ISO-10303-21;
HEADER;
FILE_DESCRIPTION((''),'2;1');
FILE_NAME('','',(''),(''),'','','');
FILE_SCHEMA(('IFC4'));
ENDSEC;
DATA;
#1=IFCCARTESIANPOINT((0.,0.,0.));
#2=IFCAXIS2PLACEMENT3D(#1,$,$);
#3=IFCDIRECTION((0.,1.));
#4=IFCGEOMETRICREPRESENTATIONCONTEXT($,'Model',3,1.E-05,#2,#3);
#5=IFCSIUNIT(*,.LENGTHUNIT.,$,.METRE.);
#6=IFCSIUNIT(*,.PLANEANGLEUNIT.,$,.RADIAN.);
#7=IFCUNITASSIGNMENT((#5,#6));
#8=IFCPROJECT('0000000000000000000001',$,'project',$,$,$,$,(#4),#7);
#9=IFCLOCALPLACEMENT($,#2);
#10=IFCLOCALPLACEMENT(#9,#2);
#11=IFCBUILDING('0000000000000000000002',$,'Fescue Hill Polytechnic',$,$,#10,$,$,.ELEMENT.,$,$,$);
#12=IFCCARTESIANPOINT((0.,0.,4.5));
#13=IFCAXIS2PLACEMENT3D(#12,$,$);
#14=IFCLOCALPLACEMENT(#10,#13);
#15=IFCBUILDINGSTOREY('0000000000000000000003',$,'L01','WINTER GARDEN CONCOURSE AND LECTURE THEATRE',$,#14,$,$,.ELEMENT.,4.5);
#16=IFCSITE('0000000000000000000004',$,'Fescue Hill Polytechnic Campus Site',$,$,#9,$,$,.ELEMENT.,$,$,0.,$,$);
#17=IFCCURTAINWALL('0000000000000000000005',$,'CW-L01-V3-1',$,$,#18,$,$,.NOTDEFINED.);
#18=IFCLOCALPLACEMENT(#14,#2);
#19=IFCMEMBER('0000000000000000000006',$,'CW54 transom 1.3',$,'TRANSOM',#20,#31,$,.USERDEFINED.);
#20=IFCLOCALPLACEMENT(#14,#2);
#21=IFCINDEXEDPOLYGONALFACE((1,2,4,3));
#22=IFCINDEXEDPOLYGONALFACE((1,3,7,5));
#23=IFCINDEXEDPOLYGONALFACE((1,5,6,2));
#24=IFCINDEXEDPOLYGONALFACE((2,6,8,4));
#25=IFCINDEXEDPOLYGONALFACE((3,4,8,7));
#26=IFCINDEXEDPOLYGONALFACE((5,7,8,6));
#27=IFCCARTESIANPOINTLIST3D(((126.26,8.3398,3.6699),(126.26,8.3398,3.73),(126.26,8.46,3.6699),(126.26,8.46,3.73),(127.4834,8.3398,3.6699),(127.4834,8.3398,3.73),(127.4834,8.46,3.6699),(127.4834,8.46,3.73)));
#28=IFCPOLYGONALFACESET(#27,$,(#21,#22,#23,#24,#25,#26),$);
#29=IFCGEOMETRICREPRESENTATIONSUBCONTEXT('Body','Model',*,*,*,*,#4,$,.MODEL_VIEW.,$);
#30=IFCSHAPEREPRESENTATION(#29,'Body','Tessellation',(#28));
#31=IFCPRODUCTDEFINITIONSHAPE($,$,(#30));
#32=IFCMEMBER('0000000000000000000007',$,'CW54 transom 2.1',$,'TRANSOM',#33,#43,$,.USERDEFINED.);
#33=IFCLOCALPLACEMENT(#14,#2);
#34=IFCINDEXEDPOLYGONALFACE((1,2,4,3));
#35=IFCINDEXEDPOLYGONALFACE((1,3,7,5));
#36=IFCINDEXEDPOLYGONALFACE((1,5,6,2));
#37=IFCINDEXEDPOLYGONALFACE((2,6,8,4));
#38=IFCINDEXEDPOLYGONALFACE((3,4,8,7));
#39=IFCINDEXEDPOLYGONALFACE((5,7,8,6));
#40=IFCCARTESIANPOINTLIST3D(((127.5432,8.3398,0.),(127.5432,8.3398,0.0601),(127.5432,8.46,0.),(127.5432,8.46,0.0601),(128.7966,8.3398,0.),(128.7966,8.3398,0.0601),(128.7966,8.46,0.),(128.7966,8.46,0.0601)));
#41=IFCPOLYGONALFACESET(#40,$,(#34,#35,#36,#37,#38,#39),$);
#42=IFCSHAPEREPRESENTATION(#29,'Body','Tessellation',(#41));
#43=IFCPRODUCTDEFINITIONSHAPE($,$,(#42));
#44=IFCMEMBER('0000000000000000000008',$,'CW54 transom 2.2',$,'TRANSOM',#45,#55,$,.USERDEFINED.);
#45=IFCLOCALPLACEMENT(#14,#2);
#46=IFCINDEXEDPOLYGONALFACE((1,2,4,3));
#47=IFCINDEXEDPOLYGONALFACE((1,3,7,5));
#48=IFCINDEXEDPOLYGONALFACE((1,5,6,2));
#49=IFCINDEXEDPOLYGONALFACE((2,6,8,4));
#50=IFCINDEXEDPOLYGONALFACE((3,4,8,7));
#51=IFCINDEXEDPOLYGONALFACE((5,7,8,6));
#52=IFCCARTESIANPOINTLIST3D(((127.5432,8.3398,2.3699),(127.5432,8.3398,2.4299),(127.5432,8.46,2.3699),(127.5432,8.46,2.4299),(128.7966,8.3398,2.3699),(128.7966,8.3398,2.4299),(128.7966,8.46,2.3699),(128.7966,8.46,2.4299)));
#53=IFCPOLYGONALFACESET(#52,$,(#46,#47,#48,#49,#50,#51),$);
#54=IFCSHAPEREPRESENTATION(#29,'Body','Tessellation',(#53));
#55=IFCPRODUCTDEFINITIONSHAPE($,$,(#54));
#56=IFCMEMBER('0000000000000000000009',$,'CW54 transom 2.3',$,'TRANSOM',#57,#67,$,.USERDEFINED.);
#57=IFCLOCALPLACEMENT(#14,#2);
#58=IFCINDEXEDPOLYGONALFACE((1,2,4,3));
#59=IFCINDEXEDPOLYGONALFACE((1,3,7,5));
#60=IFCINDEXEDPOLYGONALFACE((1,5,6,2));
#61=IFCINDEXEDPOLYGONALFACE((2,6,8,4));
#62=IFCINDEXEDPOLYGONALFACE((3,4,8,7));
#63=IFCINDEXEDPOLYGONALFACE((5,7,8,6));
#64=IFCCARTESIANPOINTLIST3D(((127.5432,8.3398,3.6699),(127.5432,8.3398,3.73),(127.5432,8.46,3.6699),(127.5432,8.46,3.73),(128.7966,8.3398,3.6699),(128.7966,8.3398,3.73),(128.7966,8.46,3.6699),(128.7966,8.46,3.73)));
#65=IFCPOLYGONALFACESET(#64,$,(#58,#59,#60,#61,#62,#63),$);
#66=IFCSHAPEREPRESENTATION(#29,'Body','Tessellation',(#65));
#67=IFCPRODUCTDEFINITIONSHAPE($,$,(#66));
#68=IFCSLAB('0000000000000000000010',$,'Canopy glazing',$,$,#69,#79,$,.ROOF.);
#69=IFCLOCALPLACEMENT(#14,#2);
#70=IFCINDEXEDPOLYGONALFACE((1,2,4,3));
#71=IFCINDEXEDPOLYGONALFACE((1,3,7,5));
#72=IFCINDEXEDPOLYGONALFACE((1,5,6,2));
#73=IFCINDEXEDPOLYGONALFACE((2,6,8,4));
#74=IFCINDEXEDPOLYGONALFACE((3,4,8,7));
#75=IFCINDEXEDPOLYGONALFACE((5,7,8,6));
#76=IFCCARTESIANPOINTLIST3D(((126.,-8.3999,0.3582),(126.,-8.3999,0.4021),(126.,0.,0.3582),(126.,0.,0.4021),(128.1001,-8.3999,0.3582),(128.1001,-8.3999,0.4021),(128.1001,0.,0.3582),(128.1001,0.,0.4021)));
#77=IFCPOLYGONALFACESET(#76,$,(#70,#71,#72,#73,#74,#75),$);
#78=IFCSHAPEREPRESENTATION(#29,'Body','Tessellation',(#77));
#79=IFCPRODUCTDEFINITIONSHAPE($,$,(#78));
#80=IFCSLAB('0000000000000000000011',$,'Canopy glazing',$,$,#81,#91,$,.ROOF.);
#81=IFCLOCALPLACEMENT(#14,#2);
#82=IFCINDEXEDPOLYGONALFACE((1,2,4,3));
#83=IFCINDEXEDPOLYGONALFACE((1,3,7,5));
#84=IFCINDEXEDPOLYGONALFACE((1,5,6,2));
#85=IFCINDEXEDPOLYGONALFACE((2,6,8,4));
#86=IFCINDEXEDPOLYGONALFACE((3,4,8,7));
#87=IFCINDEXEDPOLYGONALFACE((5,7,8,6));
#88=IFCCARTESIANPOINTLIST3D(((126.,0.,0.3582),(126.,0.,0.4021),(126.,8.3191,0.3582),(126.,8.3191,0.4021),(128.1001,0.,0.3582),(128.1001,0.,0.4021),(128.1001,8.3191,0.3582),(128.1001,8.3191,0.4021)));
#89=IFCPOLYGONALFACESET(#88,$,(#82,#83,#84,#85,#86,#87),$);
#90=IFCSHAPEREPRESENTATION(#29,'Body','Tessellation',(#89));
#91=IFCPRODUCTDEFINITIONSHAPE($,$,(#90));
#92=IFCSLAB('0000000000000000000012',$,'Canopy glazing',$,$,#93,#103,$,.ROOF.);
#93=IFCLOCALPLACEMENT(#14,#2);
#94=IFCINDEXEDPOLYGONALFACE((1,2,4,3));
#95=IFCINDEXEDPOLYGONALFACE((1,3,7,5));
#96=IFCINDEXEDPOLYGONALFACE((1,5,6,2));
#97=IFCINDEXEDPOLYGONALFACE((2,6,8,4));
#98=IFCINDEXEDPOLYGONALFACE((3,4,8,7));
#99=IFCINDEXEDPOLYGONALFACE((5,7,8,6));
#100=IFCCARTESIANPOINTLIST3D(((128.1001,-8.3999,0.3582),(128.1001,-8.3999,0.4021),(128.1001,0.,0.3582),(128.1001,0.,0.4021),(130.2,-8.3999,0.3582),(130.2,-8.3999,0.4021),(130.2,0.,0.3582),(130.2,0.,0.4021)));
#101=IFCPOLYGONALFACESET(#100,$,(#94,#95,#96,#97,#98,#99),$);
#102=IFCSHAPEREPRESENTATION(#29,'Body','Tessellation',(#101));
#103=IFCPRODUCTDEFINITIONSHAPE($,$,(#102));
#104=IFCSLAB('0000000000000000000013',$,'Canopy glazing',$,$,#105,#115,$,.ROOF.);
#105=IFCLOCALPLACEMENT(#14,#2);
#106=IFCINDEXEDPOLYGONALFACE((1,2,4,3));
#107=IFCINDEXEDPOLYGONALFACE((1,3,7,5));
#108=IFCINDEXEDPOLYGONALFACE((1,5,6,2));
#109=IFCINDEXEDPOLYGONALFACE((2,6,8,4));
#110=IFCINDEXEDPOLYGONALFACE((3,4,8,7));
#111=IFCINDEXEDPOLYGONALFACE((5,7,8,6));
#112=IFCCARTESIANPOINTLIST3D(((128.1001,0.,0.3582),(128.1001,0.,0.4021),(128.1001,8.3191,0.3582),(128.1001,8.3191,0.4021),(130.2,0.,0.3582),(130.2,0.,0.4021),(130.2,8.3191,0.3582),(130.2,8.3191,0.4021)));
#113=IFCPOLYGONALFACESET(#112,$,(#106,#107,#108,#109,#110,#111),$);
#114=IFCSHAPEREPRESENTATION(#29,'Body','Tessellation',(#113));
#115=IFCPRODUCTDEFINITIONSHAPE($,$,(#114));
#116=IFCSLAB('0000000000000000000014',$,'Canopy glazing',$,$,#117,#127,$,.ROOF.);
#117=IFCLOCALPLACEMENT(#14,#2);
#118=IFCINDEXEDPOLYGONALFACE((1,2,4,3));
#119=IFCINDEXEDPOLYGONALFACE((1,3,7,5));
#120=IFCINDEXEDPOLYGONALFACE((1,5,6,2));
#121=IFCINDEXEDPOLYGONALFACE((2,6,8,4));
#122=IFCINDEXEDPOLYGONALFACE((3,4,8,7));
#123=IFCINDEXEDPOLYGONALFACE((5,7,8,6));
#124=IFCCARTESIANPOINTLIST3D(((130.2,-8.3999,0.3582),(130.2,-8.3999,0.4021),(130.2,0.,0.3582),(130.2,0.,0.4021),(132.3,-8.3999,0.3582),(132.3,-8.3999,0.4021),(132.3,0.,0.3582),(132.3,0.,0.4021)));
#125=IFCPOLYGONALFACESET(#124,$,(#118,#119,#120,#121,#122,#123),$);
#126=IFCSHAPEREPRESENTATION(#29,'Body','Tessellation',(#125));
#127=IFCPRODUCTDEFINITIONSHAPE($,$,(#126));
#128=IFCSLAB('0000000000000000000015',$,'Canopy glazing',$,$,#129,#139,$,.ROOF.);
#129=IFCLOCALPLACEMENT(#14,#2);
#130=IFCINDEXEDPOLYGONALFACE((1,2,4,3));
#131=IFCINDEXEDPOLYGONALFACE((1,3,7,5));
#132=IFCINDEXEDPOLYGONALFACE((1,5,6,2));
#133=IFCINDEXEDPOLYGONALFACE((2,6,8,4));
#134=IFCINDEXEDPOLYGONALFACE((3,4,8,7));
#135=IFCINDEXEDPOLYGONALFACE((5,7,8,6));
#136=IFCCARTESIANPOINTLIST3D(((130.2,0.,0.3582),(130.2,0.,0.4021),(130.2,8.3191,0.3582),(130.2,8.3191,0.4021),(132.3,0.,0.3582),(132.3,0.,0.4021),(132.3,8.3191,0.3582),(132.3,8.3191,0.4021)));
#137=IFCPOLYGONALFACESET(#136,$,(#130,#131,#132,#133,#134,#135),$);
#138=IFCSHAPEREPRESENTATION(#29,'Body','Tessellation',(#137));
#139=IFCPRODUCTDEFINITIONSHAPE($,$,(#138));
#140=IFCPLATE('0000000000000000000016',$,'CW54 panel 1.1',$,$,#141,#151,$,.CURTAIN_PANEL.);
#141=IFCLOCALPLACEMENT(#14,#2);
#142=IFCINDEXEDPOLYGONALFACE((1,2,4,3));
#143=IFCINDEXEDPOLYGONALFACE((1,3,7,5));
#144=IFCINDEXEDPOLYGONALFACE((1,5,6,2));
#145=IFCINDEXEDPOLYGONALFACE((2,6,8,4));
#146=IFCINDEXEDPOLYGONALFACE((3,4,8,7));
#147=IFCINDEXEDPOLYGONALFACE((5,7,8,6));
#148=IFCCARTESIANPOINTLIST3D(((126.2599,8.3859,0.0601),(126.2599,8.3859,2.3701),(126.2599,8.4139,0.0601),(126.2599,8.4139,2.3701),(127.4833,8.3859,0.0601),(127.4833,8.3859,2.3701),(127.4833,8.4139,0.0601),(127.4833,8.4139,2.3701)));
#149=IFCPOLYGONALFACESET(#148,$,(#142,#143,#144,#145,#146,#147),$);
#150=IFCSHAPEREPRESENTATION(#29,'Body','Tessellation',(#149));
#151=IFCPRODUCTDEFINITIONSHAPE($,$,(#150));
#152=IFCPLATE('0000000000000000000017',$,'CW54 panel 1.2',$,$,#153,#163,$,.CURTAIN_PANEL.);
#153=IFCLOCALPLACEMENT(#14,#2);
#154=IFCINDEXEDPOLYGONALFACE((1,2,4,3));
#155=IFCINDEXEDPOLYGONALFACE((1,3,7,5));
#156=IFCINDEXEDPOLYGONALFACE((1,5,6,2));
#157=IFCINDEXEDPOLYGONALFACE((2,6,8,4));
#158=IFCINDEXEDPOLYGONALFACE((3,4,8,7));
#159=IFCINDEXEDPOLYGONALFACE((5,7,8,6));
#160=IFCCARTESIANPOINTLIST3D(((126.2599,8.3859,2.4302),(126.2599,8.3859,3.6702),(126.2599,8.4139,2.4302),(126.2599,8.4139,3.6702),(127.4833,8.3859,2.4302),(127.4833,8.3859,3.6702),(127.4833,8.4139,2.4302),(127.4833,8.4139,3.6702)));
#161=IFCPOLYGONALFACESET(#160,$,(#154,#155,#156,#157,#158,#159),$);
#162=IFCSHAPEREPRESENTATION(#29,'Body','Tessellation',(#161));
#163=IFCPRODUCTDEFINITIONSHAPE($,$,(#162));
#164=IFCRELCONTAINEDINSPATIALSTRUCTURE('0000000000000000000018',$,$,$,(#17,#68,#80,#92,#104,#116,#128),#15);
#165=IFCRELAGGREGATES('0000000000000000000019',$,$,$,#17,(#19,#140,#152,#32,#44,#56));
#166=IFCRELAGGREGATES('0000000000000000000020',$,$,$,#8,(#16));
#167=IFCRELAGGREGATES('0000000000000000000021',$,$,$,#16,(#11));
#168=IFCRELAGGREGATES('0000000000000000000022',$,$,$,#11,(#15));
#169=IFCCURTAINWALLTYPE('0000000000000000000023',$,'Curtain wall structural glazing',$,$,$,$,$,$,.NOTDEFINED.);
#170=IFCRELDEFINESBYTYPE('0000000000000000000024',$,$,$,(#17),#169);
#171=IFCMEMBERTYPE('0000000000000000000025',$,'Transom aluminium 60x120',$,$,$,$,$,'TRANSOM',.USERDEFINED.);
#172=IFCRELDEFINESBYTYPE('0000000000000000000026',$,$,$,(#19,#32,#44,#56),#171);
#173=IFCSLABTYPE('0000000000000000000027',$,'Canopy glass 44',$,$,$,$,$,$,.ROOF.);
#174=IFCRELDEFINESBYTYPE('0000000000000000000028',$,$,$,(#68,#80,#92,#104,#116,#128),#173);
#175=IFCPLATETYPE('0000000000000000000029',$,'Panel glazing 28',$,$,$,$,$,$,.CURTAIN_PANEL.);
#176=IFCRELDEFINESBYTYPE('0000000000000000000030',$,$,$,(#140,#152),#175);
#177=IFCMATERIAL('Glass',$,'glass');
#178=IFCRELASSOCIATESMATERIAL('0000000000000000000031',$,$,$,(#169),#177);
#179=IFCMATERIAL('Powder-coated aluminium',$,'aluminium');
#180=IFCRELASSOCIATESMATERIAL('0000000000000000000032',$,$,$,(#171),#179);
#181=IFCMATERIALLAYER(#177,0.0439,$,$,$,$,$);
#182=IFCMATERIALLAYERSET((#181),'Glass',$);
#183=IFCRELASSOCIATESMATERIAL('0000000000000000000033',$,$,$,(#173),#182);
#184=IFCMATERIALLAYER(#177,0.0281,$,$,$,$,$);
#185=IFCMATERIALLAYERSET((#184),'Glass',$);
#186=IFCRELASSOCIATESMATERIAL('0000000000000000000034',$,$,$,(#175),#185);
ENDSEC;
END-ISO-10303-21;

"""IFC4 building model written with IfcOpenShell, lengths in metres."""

from ifc_helpers import new_model, si_unit, direction, frame, origin, origin_2d, place, context, subcontext, project, spatial, polyline, rectangle, outline, extrude, material, layer, layer_set, material_profile, profile_set, type_object, element, aggregate, save


model = new_model("IFC4")

# Units and contexts
model_context = context("Model", 3, precision=1e-05, world=origin(), true_north=direction((0.0, 1.0)))
body_context = subcontext(model_context, "Body", "Model", "MODEL_VIEW")
ifc_project = project(units=[si_unit("LENGTHUNIT", "METRE"), si_unit("PLANEANGLEUNIT", "RADIAN")], contexts=[model_context])

# Site, building, storey
site_placement = place(None, origin())
site = spatial("IfcSite", under=ifc_project, at=site_placement, Name="Fescue Hill Polytechnic Campus Site", CompositionType="ELEMENT", RefElevation=0.0)
building_placement = place(site_placement, origin())
building = spatial("IfcBuilding", under=site, at=building_placement, Name="Fescue Hill Polytechnic", CompositionType="ELEMENT")
storey_placement = place(building_placement, frame((0.0, 0.0, 4.5)))
storey = spatial("IfcBuildingStorey", under=building, at=storey_placement, Name="L01", Description="WINTER GARDEN CONCOURSE AND LECTURE THEATRE", CompositionType="ELEMENT", Elevation=4.5)

# Curtain wall, members
ifc_material_1 = material(Name="Glass", Category="glass")
curtain_wall_type = type_object("IfcCurtainWallType", Name="Curtain wall structural glazing", PredefinedType="NOTDEFINED", material=ifc_material_1)
curtain_wall_placement = place(storey_placement, origin())
curtain_wall = element("IfcCurtainWall", 1, at=curtain_wall_placement, inside=storey, type_object=curtain_wall_type, Name="CW-L01-V3-1", PredefinedType="NOTDEFINED")
ifc_material_2 = material(Name="Powder-coated aluminium", Category="aluminium")
ifc_material_profile_1 = material_profile(ifc_material_2, rectangle(XDim=0.1201, YDim=0.0601, at=origin_2d()), Name="Transom aluminium 60x120")
ifc_profile_set_1 = profile_set([ifc_material_profile_1], Name="Powder-coated aluminium")
member_type_1 = type_object("IfcMemberType", Name="Transom aluminium 60x120", ElementType="TRANSOM", PredefinedType="USERDEFINED", material=ifc_profile_set_1)
member_1_placement = place(storey_placement, frame((126.26, 8.3999, 3.7), z_axis=(1.0, 0.0, 0.0), x_axis=(0.0, 1.0, 0.0)))
member_1 = element("IfcMember", 2, at=member_1_placement, type_object=member_type_1, Name="CW54 transom 1.3", ObjectType="TRANSOM", PredefinedType="USERDEFINED", context=body_context, shape_type="SweptSolid", body=[
    extrude(rectangle(XDim=0.1201, YDim=0.0601, at=origin_2d()), origin(), (0.0, 0.0, 1.0), 1.2234),
])
member_2_placement = place(storey_placement, frame((127.5432, 8.3999, 0.03), z_axis=(1.0, 0.0, 0.0), x_axis=(0.0, 1.0, 0.0)))
member_2 = element("IfcMember", 3, at=member_2_placement, type_object=member_type_1, Name="CW54 transom 2.1", ObjectType="TRANSOM", PredefinedType="USERDEFINED", context=body_context, shape_type="SweptSolid", body=[
    extrude(rectangle(XDim=0.1201, YDim=0.0601, at=origin_2d()), origin(), (0.0, 0.0, 1.0), 1.2534),
])
member_3_placement = place(storey_placement, frame((127.5432, 8.3999, 2.3999), z_axis=(1.0, 0.0, 0.0), x_axis=(0.0, 1.0, 0.0)))
member_3 = element("IfcMember", 4, at=member_3_placement, type_object=member_type_1, Name="CW54 transom 2.2", ObjectType="TRANSOM", PredefinedType="USERDEFINED", context=body_context, shape_type="SweptSolid", body=[
    extrude(rectangle(XDim=0.1201, YDim=0.0601, at=origin_2d()), origin(), (0.0, 0.0, 1.0), 1.2534),
])
member_4_placement = place(storey_placement, frame((127.5432, 8.3999, 3.7), z_axis=(1.0, 0.0, 0.0), x_axis=(0.0, 1.0, 0.0)))
member_4 = element("IfcMember", 5, at=member_4_placement, type_object=member_type_1, Name="CW54 transom 2.3", ObjectType="TRANSOM", PredefinedType="USERDEFINED", context=body_context, shape_type="SweptSolid", body=[
    extrude(rectangle(XDim=0.1201, YDim=0.0601, at=origin_2d()), origin(), (0.0, 0.0, 1.0), 1.2534),
])

# Slabs
ifc_layer_1 = layer(ifc_material_1, 0.0439)
ifc_layer_set_1 = layer_set([ifc_layer_1], Name="Glass")
slab_type = type_object("IfcSlabType", Name="Canopy glass 44", PredefinedType="ROOF", material=ifc_layer_set_1)
slab_1_placement = place(storey_placement, frame((126.0, -8.3999, 0.4021), z_axis=(0.0, 0.0, 1.0), x_axis=(1.0, 0.0, 0.0)))
element("IfcSlab", 6, at=slab_1_placement, inside=storey, type_object=slab_type, Name="Canopy glazing", PredefinedType="ROOF", context=body_context, shape_type="SweptSolid", body=[
    extrude(outline(polyline([(0.0, 0.0), (2.1001, 0.0), (2.1001, 8.3999), (0.0, 8.3999), (0.0, 0.0)])), origin(), (0.0, 0.0, -1.0), 0.0439),
])
slab_2_placement = place(storey_placement, frame((126.0, 0.0, 0.4021), z_axis=(0.0, 0.0, 1.0), x_axis=(1.0, 0.0, 0.0)))
element("IfcSlab", 7, at=slab_2_placement, inside=storey, type_object=slab_type, Name="Canopy glazing", PredefinedType="ROOF", context=body_context, shape_type="SweptSolid", body=[
    extrude(outline(polyline([(0.0, 0.0), (2.1001, 0.0), (2.1001, 8.3191), (0.0, 8.3191), (0.0, 0.0)])), origin(), (0.0, 0.0, -1.0), 0.0439),
])
slab_3_placement = place(storey_placement, frame((128.1001, -8.3999, 0.4021), z_axis=(0.0, 0.0, 1.0), x_axis=(1.0, 0.0, 0.0)))
element("IfcSlab", 8, at=slab_3_placement, inside=storey, type_object=slab_type, Name="Canopy glazing", PredefinedType="ROOF", context=body_context, shape_type="SweptSolid", body=[
    extrude(outline(polyline([(0.0, 0.0), (2.0999, 0.0), (2.0999, 8.3999), (0.0, 8.3999), (0.0, 0.0)])), origin(), (0.0, 0.0, -1.0), 0.0439),
])
slab_4_placement = place(storey_placement, frame((128.1001, 0.0, 0.4021), z_axis=(0.0, 0.0, 1.0), x_axis=(1.0, 0.0, 0.0)))
element("IfcSlab", 9, at=slab_4_placement, inside=storey, type_object=slab_type, Name="Canopy glazing", PredefinedType="ROOF", context=body_context, shape_type="SweptSolid", body=[
    extrude(outline(polyline([(0.0, 0.0), (2.0999, 0.0), (2.0999, 8.3191), (0.0, 8.3191), (0.0, 0.0)])), origin(), (0.0, 0.0, -1.0), 0.0439),
])
slab_5_placement = place(storey_placement, frame((130.2, -8.3999, 0.4021), z_axis=(0.0, 0.0, 1.0), x_axis=(1.0, 0.0, 0.0)))
element("IfcSlab", 10, at=slab_5_placement, inside=storey, type_object=slab_type, Name="Canopy glazing", PredefinedType="ROOF", context=body_context, shape_type="SweptSolid", body=[
    extrude(outline(polyline([(0.0, 0.0), (2.1001, 0.0), (2.1001, 8.3999), (0.0, 8.3999), (0.0, 0.0)])), origin(), (0.0, 0.0, -1.0), 0.0439),
])
slab_6_placement = place(storey_placement, frame((130.2, 0.0, 0.4021), z_axis=(0.0, 0.0, 1.0), x_axis=(1.0, 0.0, 0.0)))
element("IfcSlab", 11, at=slab_6_placement, inside=storey, type_object=slab_type, Name="Canopy glazing", PredefinedType="ROOF", context=body_context, shape_type="SweptSolid", body=[
    extrude(outline(polyline([(0.0, 0.0), (2.1001, 0.0), (2.1001, 8.3191), (0.0, 8.3191), (0.0, 0.0)])), origin(), (0.0, 0.0, -1.0), 0.0439),
])

# Plates
ifc_layer_2 = layer(ifc_material_1, 0.0281)
ifc_layer_set_2 = layer_set([ifc_layer_2], Name="Glass")
plate_type = type_object("IfcPlateType", Name="Panel glazing 28", PredefinedType="CURTAIN_PANEL", material=ifc_layer_set_2)
plate_1_placement = place(storey_placement, frame((126.8716, 8.3999, 0.0601), z_axis=(0.0, 0.0, 1.0), x_axis=(1.0, 0.0, 0.0)))
plate_1 = element("IfcPlate", 12, at=plate_1_placement, type_object=plate_type, Name="CW54 panel 1.1", PredefinedType="CURTAIN_PANEL", context=body_context, shape_type="SweptSolid", body=[
    extrude(rectangle(XDim=1.2234, YDim=0.0281, at=origin_2d()), origin(), (0.0, 0.0, 1.0), 2.3101),
])
plate_2_placement = place(storey_placement, frame((126.8716, 8.3999, 2.4302), z_axis=(0.0, 0.0, 1.0), x_axis=(1.0, 0.0, 0.0)))
plate_2 = element("IfcPlate", 13, at=plate_2_placement, type_object=plate_type, Name="CW54 panel 1.2", PredefinedType="CURTAIN_PANEL", context=body_context, shape_type="SweptSolid", body=[
    extrude(rectangle(XDim=1.2234, YDim=0.0281, at=origin_2d()), origin(), (0.0, 0.0, 1.0), 1.24),
])
aggregate(curtain_wall, [member_1, plate_1, plate_2, member_2, member_3, member_4])

save(model, "model.ifc")
